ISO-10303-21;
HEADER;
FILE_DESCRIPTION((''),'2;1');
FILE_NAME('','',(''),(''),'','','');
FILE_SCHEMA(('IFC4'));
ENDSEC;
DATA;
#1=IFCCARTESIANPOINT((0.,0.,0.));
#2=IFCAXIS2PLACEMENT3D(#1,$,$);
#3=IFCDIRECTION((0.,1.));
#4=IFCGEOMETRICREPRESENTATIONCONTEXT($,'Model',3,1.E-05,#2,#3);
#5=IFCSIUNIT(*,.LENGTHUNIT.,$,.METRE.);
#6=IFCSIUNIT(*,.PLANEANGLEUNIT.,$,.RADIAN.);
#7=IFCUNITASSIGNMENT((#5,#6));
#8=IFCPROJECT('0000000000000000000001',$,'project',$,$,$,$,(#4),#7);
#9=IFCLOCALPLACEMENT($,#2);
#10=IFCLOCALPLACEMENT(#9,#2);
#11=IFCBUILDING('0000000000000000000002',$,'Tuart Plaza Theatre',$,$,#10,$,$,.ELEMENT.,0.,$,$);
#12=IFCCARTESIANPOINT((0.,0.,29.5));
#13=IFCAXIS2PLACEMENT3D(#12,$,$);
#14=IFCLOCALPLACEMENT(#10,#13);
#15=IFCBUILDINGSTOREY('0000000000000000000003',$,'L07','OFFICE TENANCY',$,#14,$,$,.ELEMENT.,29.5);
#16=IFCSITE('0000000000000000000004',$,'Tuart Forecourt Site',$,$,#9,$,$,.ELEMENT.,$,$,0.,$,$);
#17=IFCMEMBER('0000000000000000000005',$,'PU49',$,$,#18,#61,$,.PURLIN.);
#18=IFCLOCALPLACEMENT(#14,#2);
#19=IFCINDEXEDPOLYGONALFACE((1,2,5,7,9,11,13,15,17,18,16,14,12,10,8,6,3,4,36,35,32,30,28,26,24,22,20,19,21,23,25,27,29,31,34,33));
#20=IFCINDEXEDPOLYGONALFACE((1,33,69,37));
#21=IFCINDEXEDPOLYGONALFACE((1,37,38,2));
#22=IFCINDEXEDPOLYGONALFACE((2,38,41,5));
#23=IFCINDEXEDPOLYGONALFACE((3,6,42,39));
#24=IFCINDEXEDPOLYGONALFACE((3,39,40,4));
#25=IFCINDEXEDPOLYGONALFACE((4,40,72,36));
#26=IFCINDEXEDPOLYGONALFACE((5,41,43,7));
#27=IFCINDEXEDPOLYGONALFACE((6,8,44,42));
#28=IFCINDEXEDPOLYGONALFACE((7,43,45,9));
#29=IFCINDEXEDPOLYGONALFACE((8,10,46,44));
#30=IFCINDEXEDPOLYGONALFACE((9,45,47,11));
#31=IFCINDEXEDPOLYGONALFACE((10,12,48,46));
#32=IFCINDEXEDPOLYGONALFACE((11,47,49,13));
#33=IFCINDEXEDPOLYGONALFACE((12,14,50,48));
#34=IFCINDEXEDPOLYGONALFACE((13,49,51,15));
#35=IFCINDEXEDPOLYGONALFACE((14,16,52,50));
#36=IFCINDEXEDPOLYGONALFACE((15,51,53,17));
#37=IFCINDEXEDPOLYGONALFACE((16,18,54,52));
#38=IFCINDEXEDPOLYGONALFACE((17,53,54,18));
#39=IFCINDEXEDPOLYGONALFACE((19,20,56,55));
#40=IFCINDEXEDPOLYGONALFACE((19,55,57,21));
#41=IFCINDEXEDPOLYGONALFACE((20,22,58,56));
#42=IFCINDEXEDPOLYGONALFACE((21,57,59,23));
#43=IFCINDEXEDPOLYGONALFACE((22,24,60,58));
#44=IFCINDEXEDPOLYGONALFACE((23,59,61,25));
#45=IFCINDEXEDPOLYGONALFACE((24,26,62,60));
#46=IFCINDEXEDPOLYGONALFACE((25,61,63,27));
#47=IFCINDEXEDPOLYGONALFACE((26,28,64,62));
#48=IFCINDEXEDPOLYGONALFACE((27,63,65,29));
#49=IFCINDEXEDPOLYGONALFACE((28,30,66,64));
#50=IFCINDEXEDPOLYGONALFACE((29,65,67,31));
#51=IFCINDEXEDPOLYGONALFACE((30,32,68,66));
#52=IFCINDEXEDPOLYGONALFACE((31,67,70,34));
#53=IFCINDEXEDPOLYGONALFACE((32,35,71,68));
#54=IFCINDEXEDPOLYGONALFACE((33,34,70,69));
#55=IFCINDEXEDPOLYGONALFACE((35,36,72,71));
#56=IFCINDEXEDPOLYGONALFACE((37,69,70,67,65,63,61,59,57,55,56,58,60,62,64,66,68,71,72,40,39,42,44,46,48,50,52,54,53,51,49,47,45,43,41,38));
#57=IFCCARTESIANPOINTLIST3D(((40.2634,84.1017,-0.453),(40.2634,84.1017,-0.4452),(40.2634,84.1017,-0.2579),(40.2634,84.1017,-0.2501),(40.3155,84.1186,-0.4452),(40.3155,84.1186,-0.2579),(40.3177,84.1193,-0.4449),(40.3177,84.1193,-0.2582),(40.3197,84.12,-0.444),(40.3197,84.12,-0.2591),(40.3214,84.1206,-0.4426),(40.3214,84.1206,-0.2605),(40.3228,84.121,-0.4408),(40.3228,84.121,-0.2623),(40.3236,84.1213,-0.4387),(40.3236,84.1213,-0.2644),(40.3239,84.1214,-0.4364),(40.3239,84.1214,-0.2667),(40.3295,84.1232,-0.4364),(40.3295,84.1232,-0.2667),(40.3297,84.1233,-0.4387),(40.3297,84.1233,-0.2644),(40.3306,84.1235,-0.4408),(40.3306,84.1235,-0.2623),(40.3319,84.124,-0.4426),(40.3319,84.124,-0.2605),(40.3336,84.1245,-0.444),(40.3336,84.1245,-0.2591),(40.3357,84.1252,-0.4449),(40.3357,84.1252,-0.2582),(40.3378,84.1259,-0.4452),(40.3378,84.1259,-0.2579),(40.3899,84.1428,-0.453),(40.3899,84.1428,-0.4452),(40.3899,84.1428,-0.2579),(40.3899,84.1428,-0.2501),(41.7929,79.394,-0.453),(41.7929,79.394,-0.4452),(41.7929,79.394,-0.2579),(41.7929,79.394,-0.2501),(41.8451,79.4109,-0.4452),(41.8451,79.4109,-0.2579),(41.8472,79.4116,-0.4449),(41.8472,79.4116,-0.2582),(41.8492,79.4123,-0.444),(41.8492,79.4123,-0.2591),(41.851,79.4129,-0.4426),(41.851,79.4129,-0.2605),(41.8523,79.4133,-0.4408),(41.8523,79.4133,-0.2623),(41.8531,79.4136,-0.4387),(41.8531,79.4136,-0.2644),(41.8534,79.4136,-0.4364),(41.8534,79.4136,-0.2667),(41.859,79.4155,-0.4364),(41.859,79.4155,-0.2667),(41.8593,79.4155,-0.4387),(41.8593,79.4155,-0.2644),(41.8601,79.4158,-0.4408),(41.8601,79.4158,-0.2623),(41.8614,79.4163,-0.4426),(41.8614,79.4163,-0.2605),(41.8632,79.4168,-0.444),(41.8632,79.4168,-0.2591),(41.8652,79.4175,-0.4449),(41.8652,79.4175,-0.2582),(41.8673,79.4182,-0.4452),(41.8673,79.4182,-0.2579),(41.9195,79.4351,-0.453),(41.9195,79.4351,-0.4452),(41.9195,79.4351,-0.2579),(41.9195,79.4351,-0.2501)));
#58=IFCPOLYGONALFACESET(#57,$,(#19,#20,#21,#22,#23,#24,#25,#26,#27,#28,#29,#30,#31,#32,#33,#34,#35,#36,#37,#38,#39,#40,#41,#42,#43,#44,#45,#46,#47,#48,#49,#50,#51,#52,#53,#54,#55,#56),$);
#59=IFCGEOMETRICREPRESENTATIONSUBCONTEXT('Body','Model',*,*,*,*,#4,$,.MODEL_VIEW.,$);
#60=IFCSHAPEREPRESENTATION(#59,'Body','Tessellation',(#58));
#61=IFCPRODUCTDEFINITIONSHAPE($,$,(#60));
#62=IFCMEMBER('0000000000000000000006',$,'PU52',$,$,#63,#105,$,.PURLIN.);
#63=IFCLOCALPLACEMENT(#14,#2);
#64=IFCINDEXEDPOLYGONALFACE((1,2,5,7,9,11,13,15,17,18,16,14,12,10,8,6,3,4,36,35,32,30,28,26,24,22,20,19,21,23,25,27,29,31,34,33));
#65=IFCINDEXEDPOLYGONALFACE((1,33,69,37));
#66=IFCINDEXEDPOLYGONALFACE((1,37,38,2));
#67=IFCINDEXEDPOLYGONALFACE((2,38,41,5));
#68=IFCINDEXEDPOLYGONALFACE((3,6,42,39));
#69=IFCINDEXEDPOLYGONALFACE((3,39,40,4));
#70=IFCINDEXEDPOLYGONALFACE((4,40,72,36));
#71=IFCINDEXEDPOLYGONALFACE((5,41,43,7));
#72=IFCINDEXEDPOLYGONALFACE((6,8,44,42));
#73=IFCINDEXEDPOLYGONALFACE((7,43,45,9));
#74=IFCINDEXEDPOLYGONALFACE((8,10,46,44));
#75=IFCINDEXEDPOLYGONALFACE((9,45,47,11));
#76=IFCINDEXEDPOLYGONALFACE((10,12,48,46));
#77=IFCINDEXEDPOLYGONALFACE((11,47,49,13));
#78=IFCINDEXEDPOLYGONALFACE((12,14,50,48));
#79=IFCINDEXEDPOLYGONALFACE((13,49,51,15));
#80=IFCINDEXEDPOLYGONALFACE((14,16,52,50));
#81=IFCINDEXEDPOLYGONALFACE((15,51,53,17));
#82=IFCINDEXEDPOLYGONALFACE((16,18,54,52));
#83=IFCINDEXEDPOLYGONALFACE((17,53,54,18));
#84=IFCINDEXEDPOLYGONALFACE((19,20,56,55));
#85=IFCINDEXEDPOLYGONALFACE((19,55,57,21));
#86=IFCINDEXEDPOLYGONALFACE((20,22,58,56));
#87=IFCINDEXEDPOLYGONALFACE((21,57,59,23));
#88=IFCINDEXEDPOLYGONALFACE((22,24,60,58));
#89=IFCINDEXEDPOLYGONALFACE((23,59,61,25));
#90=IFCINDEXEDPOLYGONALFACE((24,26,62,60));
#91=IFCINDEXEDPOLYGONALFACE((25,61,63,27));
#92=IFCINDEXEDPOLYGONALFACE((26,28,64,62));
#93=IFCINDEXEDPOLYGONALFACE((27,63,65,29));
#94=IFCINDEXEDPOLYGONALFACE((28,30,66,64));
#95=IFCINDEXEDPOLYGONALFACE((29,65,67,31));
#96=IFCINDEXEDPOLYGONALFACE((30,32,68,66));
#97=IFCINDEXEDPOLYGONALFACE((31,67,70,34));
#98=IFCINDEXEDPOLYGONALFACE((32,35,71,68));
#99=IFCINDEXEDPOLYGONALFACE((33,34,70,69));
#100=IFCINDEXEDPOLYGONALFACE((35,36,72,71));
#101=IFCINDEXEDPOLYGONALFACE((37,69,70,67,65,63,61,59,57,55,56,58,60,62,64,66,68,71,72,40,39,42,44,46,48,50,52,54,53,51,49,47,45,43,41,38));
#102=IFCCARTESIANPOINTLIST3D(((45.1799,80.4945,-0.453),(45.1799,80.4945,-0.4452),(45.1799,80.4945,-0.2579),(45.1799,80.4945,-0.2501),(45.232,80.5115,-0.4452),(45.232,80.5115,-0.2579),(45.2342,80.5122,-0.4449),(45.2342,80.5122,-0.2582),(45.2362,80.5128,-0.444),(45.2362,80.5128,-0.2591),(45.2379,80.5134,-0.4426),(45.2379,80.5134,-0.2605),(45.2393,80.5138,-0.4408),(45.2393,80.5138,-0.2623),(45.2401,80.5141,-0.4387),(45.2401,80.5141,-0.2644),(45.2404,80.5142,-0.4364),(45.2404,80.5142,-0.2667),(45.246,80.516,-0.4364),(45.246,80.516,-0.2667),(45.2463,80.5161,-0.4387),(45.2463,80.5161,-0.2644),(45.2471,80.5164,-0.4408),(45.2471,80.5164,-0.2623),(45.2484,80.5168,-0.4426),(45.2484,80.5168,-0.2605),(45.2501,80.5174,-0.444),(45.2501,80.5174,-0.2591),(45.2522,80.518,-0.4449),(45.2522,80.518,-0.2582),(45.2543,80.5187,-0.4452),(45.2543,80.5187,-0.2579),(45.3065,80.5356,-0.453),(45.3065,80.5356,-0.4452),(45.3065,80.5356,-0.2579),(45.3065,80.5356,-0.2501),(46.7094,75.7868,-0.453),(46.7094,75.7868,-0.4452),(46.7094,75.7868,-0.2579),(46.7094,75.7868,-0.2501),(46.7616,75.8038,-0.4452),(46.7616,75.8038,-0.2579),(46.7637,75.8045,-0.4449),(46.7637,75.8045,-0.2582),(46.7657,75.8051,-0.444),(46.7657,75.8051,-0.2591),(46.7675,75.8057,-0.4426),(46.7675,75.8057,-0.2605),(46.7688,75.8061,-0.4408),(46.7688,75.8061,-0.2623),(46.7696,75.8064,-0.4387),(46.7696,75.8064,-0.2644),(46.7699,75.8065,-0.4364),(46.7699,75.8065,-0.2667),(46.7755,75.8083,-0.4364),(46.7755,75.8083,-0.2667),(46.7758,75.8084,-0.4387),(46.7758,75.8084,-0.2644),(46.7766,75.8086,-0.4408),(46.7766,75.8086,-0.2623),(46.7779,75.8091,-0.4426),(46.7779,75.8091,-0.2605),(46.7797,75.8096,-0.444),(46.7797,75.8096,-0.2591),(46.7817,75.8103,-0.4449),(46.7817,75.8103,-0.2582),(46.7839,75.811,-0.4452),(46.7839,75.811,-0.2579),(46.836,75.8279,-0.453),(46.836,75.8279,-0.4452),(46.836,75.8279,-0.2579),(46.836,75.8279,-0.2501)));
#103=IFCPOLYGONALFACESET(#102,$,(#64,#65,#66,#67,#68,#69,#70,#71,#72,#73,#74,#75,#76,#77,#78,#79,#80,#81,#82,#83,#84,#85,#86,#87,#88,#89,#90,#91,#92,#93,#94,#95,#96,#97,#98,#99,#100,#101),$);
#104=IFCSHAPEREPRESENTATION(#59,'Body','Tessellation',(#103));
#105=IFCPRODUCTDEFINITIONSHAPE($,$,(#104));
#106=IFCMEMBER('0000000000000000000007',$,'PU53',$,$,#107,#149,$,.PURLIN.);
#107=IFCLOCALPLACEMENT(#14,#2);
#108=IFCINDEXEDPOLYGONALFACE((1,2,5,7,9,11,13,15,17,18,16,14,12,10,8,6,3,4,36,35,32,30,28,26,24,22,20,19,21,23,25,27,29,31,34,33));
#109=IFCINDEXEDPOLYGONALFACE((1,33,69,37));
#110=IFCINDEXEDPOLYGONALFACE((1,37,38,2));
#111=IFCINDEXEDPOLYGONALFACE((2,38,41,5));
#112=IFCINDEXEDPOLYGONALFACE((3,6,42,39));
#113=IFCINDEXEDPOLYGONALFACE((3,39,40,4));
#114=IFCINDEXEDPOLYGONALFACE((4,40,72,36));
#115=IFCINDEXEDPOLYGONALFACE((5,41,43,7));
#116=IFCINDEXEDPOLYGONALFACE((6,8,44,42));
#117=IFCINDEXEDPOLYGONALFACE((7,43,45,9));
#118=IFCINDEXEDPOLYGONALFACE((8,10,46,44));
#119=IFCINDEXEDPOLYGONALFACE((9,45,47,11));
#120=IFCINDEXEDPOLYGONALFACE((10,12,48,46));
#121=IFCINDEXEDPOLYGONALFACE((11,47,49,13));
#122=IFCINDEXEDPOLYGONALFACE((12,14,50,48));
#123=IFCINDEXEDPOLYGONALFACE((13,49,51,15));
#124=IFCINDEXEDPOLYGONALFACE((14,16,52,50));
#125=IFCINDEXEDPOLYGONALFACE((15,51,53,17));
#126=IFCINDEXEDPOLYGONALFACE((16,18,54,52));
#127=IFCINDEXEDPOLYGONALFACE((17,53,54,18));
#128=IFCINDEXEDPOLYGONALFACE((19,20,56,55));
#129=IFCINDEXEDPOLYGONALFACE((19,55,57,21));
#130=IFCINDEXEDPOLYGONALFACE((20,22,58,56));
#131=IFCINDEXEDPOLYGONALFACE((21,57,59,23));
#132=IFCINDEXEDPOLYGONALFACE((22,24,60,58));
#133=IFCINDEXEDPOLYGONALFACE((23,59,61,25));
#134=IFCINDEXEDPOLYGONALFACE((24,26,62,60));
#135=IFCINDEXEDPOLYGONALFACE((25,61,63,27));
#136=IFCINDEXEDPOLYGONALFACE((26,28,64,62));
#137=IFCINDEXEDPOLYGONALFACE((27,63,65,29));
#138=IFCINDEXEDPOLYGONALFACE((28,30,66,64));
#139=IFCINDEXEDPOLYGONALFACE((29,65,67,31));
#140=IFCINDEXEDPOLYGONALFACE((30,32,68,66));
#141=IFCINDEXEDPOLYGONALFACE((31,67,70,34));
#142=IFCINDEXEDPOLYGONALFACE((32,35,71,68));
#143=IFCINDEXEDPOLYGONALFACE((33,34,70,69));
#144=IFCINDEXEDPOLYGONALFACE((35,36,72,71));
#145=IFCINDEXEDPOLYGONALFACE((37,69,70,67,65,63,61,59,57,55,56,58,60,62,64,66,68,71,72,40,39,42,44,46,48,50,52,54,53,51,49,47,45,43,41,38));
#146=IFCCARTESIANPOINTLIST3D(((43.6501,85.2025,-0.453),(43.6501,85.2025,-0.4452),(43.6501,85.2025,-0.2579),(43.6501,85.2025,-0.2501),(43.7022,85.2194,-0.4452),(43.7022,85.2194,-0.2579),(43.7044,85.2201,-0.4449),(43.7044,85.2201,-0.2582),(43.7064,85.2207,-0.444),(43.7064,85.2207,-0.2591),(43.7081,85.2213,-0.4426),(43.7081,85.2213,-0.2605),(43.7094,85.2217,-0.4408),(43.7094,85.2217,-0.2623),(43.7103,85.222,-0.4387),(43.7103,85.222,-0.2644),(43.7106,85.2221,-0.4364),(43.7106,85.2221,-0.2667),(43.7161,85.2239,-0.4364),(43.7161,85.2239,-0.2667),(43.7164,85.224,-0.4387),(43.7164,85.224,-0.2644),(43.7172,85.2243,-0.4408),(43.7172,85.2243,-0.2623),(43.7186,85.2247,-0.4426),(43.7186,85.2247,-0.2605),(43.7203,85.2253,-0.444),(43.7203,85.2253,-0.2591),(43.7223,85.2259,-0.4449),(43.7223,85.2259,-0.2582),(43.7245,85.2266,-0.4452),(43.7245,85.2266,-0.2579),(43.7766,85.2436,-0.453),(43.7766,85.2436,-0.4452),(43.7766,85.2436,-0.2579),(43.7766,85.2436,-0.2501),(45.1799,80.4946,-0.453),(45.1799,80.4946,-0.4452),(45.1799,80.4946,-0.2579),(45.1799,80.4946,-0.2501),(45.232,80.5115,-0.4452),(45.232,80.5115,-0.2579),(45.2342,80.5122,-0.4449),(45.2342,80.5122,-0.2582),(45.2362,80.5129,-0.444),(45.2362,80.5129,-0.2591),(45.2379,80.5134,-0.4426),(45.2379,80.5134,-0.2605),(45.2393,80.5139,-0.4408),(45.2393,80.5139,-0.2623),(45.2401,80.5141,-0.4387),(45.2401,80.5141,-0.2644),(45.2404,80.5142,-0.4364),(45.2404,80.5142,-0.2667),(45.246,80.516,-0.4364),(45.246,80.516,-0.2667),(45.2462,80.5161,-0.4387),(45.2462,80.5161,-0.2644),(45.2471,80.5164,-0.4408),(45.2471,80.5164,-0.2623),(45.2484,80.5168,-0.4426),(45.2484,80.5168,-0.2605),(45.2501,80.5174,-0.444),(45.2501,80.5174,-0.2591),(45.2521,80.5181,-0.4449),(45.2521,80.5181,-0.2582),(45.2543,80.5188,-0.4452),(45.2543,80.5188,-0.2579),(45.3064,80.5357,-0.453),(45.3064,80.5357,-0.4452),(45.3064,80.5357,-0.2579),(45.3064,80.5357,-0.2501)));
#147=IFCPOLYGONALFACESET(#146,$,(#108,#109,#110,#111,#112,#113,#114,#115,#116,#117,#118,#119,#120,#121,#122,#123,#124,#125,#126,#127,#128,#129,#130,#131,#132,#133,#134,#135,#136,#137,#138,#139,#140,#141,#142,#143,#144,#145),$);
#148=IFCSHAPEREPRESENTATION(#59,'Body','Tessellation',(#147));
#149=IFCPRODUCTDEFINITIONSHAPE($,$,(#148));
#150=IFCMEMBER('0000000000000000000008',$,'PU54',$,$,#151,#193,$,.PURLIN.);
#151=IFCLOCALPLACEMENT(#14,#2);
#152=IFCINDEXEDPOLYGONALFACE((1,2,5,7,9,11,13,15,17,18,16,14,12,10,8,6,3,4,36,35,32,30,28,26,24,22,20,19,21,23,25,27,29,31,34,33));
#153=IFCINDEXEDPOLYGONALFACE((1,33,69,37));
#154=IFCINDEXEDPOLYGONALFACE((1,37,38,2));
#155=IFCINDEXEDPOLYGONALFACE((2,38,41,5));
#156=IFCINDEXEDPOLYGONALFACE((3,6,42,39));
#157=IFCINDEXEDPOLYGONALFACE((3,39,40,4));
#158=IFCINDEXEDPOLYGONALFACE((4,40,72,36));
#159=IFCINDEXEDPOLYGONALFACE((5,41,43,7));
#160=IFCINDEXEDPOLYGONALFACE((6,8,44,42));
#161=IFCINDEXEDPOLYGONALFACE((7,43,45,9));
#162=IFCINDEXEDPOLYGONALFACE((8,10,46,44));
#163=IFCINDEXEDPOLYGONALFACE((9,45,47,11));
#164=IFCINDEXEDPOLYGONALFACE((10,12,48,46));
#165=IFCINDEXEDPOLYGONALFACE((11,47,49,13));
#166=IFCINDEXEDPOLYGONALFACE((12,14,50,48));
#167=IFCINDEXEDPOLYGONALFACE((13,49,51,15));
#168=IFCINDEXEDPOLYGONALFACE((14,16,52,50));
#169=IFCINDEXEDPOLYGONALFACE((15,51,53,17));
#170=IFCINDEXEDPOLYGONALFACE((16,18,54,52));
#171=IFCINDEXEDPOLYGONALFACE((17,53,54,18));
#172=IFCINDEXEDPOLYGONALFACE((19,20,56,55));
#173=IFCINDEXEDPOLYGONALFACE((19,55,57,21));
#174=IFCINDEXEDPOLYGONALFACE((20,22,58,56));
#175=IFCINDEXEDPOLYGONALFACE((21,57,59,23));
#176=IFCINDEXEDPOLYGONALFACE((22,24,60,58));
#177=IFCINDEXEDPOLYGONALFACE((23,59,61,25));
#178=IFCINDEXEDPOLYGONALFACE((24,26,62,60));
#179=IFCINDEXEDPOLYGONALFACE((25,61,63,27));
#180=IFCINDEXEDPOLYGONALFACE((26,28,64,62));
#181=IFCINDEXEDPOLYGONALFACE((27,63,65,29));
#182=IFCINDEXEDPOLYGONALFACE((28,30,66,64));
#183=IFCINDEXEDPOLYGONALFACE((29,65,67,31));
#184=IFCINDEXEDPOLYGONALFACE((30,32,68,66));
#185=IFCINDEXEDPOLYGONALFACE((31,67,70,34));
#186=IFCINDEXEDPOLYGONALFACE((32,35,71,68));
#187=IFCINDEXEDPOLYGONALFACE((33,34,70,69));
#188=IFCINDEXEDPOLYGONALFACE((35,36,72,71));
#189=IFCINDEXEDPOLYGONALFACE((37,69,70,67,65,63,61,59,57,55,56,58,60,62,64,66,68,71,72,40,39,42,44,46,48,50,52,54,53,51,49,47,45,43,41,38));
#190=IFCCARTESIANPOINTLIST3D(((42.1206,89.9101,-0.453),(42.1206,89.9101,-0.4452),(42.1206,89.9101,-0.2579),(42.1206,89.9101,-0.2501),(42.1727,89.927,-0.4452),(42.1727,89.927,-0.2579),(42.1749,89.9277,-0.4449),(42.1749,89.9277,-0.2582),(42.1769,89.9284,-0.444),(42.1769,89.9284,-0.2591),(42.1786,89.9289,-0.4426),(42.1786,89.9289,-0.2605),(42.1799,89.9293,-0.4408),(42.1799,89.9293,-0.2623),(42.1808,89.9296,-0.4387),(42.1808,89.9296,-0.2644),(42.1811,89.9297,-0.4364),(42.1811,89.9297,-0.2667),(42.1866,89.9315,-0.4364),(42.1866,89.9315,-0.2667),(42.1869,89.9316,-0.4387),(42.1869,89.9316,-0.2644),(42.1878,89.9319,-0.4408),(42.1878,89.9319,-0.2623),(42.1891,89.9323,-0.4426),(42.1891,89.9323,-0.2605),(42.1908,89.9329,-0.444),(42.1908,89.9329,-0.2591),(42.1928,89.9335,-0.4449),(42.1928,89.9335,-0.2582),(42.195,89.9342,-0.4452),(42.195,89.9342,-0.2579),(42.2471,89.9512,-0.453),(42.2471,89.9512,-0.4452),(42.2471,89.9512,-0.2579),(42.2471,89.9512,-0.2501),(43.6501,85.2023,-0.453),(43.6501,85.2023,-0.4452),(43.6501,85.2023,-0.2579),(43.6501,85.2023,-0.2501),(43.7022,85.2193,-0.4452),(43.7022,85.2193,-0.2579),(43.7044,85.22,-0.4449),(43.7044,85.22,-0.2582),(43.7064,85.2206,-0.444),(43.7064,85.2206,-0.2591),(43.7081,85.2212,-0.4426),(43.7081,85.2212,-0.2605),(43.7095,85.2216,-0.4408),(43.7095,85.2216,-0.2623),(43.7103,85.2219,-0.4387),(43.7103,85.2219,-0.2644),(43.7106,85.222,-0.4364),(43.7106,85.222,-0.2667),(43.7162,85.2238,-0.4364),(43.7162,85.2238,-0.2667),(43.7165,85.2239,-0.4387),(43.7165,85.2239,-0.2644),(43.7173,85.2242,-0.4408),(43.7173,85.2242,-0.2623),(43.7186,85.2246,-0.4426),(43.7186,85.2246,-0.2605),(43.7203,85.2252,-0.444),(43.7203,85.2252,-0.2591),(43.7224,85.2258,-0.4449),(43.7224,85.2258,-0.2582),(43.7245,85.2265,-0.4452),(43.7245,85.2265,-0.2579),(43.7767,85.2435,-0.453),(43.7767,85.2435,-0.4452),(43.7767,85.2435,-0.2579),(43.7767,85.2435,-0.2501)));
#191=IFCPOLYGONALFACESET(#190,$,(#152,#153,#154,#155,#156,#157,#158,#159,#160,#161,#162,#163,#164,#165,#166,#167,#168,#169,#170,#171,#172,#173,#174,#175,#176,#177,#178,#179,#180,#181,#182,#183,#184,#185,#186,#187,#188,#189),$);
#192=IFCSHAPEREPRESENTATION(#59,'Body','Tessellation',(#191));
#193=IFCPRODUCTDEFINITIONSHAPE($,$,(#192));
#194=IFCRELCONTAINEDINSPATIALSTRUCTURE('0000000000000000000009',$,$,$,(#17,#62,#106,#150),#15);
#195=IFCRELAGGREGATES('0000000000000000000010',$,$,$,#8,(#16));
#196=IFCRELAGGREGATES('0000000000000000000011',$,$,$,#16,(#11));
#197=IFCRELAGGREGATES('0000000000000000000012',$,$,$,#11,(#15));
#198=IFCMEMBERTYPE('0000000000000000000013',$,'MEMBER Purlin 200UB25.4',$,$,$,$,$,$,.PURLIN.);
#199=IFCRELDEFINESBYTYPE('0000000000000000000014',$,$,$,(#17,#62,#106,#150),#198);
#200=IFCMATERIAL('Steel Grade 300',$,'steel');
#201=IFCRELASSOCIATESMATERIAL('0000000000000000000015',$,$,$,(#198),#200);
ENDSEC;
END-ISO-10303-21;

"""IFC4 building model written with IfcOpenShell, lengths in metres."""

from ifc_helpers import new_model, si_unit, direction, frame, origin, origin_2d, place, context, subcontext, project, spatial, i_section, extrude, material, material_profile, profile_set, type_object, element, save


model = new_model("IFC4")

# Units and contexts
model_context = context("Model", 3, precision=1e-05, world=origin(), true_north=direction((0.0, 1.0)))
body_context = subcontext(model_context, "Body", "Model", "MODEL_VIEW")
ifc_project = project(units=[si_unit("LENGTHUNIT", "METRE"), si_unit("PLANEANGLEUNIT", "RADIAN")], contexts=[model_context])

# Site, building, storey
site_placement = place(None, origin())
site = spatial("IfcSite", under=ifc_project, at=site_placement, Name="Tuart Forecourt Site", CompositionType="ELEMENT", RefElevation=0.0)
building_placement = place(site_placement, origin())
building = spatial("IfcBuilding", under=site, at=building_placement, Name="Tuart Plaza Theatre", CompositionType="ELEMENT", ElevationOfRefHeight=0.0)
storey_placement = place(building_placement, frame((0.0, 0.0, 29.5)))
storey = spatial("IfcBuildingStorey", under=building, at=storey_placement, Name="L07", Description="OFFICE TENANCY", CompositionType="ELEMENT", Elevation=29.5)

# Members
ifc_material_1 = material(Name="Steel Grade 300", Category="steel")
ifc_material_profile_1 = material_profile(ifc_material_1, i_section(OverallWidth=0.1331, OverallDepth=0.2029, WebThickness=0.0059, FlangeThickness=0.0078, FilletRadius=0.0088, at=origin_2d()), Name="200UB25.4")
ifc_profile_set_1 = profile_set([ifc_material_profile_1], Name="Steel Grade 300")
member_type_1 = type_object("IfcMemberType", Name="MEMBER Purlin 200UB25.4", PredefinedType="PURLIN", material=ifc_profile_set_1)
for number, where, z_axis, x_axis, name in (
    (1, (41.8562, 79.4146, -0.3516), (-0.308998, 0.951063, 0.0), (-0.951063, -0.308998, 0.0), "PU49"),
    (2, (46.7727, 75.8074, -0.3516), (-0.308998, 0.951063, 0.0), (-0.951063, -0.308998, 0.0), "PU52"),
):
    element("IfcMember", number, at=place(storey_placement, frame(where, z_axis=z_axis, x_axis=x_axis)), inside=storey, type_object=member_type_1, Name=name, PredefinedType="PURLIN", context=body_context, shape_type="SweptSolid", body=[
        extrude(i_section(OverallWidth=0.1331, OverallDepth=0.2029, WebThickness=0.0059, FlangeThickness=0.0078, FilletRadius=0.0088, at=origin_2d()), origin(), (0.0, 0.0, 1.0), 4.95),
    ])
member_1_placement = place(storey_placement, frame((45.2432, 80.5151, -0.3516), z_axis=(-0.309043, 0.951048, 0.0), x_axis=(-0.951048, -0.309043, 0.0)))
element("IfcMember", 3, at=member_1_placement, inside=storey, type_object=member_type_1, Name="PU53", PredefinedType="PURLIN", context=body_context, shape_type="SweptSolid", body=[
    extrude(i_section(OverallWidth=0.1331, OverallDepth=0.2029, WebThickness=0.0059, FlangeThickness=0.0078, FilletRadius=0.0088, at=origin_2d()), origin(), (0.0, 0.0, 1.0), 4.9502),
])
member_2_placement = place(storey_placement, frame((43.7134, 85.2229, -0.3516), z_axis=(-0.308998, 0.951063, 0.0), x_axis=(-0.951063, -0.308998, 0.0)))
element("IfcMember", 4, at=member_2_placement, inside=storey, type_object=member_type_1, Name="PU54", PredefinedType="PURLIN", context=body_context, shape_type="SweptSolid", body=[
    extrude(i_section(OverallWidth=0.1331, OverallDepth=0.2029, WebThickness=0.0059, FlangeThickness=0.0078, FilletRadius=0.0088, at=origin_2d()), origin(), (0.0, 0.0, 1.0), 4.95),
])

save(model, "model.ifc")
